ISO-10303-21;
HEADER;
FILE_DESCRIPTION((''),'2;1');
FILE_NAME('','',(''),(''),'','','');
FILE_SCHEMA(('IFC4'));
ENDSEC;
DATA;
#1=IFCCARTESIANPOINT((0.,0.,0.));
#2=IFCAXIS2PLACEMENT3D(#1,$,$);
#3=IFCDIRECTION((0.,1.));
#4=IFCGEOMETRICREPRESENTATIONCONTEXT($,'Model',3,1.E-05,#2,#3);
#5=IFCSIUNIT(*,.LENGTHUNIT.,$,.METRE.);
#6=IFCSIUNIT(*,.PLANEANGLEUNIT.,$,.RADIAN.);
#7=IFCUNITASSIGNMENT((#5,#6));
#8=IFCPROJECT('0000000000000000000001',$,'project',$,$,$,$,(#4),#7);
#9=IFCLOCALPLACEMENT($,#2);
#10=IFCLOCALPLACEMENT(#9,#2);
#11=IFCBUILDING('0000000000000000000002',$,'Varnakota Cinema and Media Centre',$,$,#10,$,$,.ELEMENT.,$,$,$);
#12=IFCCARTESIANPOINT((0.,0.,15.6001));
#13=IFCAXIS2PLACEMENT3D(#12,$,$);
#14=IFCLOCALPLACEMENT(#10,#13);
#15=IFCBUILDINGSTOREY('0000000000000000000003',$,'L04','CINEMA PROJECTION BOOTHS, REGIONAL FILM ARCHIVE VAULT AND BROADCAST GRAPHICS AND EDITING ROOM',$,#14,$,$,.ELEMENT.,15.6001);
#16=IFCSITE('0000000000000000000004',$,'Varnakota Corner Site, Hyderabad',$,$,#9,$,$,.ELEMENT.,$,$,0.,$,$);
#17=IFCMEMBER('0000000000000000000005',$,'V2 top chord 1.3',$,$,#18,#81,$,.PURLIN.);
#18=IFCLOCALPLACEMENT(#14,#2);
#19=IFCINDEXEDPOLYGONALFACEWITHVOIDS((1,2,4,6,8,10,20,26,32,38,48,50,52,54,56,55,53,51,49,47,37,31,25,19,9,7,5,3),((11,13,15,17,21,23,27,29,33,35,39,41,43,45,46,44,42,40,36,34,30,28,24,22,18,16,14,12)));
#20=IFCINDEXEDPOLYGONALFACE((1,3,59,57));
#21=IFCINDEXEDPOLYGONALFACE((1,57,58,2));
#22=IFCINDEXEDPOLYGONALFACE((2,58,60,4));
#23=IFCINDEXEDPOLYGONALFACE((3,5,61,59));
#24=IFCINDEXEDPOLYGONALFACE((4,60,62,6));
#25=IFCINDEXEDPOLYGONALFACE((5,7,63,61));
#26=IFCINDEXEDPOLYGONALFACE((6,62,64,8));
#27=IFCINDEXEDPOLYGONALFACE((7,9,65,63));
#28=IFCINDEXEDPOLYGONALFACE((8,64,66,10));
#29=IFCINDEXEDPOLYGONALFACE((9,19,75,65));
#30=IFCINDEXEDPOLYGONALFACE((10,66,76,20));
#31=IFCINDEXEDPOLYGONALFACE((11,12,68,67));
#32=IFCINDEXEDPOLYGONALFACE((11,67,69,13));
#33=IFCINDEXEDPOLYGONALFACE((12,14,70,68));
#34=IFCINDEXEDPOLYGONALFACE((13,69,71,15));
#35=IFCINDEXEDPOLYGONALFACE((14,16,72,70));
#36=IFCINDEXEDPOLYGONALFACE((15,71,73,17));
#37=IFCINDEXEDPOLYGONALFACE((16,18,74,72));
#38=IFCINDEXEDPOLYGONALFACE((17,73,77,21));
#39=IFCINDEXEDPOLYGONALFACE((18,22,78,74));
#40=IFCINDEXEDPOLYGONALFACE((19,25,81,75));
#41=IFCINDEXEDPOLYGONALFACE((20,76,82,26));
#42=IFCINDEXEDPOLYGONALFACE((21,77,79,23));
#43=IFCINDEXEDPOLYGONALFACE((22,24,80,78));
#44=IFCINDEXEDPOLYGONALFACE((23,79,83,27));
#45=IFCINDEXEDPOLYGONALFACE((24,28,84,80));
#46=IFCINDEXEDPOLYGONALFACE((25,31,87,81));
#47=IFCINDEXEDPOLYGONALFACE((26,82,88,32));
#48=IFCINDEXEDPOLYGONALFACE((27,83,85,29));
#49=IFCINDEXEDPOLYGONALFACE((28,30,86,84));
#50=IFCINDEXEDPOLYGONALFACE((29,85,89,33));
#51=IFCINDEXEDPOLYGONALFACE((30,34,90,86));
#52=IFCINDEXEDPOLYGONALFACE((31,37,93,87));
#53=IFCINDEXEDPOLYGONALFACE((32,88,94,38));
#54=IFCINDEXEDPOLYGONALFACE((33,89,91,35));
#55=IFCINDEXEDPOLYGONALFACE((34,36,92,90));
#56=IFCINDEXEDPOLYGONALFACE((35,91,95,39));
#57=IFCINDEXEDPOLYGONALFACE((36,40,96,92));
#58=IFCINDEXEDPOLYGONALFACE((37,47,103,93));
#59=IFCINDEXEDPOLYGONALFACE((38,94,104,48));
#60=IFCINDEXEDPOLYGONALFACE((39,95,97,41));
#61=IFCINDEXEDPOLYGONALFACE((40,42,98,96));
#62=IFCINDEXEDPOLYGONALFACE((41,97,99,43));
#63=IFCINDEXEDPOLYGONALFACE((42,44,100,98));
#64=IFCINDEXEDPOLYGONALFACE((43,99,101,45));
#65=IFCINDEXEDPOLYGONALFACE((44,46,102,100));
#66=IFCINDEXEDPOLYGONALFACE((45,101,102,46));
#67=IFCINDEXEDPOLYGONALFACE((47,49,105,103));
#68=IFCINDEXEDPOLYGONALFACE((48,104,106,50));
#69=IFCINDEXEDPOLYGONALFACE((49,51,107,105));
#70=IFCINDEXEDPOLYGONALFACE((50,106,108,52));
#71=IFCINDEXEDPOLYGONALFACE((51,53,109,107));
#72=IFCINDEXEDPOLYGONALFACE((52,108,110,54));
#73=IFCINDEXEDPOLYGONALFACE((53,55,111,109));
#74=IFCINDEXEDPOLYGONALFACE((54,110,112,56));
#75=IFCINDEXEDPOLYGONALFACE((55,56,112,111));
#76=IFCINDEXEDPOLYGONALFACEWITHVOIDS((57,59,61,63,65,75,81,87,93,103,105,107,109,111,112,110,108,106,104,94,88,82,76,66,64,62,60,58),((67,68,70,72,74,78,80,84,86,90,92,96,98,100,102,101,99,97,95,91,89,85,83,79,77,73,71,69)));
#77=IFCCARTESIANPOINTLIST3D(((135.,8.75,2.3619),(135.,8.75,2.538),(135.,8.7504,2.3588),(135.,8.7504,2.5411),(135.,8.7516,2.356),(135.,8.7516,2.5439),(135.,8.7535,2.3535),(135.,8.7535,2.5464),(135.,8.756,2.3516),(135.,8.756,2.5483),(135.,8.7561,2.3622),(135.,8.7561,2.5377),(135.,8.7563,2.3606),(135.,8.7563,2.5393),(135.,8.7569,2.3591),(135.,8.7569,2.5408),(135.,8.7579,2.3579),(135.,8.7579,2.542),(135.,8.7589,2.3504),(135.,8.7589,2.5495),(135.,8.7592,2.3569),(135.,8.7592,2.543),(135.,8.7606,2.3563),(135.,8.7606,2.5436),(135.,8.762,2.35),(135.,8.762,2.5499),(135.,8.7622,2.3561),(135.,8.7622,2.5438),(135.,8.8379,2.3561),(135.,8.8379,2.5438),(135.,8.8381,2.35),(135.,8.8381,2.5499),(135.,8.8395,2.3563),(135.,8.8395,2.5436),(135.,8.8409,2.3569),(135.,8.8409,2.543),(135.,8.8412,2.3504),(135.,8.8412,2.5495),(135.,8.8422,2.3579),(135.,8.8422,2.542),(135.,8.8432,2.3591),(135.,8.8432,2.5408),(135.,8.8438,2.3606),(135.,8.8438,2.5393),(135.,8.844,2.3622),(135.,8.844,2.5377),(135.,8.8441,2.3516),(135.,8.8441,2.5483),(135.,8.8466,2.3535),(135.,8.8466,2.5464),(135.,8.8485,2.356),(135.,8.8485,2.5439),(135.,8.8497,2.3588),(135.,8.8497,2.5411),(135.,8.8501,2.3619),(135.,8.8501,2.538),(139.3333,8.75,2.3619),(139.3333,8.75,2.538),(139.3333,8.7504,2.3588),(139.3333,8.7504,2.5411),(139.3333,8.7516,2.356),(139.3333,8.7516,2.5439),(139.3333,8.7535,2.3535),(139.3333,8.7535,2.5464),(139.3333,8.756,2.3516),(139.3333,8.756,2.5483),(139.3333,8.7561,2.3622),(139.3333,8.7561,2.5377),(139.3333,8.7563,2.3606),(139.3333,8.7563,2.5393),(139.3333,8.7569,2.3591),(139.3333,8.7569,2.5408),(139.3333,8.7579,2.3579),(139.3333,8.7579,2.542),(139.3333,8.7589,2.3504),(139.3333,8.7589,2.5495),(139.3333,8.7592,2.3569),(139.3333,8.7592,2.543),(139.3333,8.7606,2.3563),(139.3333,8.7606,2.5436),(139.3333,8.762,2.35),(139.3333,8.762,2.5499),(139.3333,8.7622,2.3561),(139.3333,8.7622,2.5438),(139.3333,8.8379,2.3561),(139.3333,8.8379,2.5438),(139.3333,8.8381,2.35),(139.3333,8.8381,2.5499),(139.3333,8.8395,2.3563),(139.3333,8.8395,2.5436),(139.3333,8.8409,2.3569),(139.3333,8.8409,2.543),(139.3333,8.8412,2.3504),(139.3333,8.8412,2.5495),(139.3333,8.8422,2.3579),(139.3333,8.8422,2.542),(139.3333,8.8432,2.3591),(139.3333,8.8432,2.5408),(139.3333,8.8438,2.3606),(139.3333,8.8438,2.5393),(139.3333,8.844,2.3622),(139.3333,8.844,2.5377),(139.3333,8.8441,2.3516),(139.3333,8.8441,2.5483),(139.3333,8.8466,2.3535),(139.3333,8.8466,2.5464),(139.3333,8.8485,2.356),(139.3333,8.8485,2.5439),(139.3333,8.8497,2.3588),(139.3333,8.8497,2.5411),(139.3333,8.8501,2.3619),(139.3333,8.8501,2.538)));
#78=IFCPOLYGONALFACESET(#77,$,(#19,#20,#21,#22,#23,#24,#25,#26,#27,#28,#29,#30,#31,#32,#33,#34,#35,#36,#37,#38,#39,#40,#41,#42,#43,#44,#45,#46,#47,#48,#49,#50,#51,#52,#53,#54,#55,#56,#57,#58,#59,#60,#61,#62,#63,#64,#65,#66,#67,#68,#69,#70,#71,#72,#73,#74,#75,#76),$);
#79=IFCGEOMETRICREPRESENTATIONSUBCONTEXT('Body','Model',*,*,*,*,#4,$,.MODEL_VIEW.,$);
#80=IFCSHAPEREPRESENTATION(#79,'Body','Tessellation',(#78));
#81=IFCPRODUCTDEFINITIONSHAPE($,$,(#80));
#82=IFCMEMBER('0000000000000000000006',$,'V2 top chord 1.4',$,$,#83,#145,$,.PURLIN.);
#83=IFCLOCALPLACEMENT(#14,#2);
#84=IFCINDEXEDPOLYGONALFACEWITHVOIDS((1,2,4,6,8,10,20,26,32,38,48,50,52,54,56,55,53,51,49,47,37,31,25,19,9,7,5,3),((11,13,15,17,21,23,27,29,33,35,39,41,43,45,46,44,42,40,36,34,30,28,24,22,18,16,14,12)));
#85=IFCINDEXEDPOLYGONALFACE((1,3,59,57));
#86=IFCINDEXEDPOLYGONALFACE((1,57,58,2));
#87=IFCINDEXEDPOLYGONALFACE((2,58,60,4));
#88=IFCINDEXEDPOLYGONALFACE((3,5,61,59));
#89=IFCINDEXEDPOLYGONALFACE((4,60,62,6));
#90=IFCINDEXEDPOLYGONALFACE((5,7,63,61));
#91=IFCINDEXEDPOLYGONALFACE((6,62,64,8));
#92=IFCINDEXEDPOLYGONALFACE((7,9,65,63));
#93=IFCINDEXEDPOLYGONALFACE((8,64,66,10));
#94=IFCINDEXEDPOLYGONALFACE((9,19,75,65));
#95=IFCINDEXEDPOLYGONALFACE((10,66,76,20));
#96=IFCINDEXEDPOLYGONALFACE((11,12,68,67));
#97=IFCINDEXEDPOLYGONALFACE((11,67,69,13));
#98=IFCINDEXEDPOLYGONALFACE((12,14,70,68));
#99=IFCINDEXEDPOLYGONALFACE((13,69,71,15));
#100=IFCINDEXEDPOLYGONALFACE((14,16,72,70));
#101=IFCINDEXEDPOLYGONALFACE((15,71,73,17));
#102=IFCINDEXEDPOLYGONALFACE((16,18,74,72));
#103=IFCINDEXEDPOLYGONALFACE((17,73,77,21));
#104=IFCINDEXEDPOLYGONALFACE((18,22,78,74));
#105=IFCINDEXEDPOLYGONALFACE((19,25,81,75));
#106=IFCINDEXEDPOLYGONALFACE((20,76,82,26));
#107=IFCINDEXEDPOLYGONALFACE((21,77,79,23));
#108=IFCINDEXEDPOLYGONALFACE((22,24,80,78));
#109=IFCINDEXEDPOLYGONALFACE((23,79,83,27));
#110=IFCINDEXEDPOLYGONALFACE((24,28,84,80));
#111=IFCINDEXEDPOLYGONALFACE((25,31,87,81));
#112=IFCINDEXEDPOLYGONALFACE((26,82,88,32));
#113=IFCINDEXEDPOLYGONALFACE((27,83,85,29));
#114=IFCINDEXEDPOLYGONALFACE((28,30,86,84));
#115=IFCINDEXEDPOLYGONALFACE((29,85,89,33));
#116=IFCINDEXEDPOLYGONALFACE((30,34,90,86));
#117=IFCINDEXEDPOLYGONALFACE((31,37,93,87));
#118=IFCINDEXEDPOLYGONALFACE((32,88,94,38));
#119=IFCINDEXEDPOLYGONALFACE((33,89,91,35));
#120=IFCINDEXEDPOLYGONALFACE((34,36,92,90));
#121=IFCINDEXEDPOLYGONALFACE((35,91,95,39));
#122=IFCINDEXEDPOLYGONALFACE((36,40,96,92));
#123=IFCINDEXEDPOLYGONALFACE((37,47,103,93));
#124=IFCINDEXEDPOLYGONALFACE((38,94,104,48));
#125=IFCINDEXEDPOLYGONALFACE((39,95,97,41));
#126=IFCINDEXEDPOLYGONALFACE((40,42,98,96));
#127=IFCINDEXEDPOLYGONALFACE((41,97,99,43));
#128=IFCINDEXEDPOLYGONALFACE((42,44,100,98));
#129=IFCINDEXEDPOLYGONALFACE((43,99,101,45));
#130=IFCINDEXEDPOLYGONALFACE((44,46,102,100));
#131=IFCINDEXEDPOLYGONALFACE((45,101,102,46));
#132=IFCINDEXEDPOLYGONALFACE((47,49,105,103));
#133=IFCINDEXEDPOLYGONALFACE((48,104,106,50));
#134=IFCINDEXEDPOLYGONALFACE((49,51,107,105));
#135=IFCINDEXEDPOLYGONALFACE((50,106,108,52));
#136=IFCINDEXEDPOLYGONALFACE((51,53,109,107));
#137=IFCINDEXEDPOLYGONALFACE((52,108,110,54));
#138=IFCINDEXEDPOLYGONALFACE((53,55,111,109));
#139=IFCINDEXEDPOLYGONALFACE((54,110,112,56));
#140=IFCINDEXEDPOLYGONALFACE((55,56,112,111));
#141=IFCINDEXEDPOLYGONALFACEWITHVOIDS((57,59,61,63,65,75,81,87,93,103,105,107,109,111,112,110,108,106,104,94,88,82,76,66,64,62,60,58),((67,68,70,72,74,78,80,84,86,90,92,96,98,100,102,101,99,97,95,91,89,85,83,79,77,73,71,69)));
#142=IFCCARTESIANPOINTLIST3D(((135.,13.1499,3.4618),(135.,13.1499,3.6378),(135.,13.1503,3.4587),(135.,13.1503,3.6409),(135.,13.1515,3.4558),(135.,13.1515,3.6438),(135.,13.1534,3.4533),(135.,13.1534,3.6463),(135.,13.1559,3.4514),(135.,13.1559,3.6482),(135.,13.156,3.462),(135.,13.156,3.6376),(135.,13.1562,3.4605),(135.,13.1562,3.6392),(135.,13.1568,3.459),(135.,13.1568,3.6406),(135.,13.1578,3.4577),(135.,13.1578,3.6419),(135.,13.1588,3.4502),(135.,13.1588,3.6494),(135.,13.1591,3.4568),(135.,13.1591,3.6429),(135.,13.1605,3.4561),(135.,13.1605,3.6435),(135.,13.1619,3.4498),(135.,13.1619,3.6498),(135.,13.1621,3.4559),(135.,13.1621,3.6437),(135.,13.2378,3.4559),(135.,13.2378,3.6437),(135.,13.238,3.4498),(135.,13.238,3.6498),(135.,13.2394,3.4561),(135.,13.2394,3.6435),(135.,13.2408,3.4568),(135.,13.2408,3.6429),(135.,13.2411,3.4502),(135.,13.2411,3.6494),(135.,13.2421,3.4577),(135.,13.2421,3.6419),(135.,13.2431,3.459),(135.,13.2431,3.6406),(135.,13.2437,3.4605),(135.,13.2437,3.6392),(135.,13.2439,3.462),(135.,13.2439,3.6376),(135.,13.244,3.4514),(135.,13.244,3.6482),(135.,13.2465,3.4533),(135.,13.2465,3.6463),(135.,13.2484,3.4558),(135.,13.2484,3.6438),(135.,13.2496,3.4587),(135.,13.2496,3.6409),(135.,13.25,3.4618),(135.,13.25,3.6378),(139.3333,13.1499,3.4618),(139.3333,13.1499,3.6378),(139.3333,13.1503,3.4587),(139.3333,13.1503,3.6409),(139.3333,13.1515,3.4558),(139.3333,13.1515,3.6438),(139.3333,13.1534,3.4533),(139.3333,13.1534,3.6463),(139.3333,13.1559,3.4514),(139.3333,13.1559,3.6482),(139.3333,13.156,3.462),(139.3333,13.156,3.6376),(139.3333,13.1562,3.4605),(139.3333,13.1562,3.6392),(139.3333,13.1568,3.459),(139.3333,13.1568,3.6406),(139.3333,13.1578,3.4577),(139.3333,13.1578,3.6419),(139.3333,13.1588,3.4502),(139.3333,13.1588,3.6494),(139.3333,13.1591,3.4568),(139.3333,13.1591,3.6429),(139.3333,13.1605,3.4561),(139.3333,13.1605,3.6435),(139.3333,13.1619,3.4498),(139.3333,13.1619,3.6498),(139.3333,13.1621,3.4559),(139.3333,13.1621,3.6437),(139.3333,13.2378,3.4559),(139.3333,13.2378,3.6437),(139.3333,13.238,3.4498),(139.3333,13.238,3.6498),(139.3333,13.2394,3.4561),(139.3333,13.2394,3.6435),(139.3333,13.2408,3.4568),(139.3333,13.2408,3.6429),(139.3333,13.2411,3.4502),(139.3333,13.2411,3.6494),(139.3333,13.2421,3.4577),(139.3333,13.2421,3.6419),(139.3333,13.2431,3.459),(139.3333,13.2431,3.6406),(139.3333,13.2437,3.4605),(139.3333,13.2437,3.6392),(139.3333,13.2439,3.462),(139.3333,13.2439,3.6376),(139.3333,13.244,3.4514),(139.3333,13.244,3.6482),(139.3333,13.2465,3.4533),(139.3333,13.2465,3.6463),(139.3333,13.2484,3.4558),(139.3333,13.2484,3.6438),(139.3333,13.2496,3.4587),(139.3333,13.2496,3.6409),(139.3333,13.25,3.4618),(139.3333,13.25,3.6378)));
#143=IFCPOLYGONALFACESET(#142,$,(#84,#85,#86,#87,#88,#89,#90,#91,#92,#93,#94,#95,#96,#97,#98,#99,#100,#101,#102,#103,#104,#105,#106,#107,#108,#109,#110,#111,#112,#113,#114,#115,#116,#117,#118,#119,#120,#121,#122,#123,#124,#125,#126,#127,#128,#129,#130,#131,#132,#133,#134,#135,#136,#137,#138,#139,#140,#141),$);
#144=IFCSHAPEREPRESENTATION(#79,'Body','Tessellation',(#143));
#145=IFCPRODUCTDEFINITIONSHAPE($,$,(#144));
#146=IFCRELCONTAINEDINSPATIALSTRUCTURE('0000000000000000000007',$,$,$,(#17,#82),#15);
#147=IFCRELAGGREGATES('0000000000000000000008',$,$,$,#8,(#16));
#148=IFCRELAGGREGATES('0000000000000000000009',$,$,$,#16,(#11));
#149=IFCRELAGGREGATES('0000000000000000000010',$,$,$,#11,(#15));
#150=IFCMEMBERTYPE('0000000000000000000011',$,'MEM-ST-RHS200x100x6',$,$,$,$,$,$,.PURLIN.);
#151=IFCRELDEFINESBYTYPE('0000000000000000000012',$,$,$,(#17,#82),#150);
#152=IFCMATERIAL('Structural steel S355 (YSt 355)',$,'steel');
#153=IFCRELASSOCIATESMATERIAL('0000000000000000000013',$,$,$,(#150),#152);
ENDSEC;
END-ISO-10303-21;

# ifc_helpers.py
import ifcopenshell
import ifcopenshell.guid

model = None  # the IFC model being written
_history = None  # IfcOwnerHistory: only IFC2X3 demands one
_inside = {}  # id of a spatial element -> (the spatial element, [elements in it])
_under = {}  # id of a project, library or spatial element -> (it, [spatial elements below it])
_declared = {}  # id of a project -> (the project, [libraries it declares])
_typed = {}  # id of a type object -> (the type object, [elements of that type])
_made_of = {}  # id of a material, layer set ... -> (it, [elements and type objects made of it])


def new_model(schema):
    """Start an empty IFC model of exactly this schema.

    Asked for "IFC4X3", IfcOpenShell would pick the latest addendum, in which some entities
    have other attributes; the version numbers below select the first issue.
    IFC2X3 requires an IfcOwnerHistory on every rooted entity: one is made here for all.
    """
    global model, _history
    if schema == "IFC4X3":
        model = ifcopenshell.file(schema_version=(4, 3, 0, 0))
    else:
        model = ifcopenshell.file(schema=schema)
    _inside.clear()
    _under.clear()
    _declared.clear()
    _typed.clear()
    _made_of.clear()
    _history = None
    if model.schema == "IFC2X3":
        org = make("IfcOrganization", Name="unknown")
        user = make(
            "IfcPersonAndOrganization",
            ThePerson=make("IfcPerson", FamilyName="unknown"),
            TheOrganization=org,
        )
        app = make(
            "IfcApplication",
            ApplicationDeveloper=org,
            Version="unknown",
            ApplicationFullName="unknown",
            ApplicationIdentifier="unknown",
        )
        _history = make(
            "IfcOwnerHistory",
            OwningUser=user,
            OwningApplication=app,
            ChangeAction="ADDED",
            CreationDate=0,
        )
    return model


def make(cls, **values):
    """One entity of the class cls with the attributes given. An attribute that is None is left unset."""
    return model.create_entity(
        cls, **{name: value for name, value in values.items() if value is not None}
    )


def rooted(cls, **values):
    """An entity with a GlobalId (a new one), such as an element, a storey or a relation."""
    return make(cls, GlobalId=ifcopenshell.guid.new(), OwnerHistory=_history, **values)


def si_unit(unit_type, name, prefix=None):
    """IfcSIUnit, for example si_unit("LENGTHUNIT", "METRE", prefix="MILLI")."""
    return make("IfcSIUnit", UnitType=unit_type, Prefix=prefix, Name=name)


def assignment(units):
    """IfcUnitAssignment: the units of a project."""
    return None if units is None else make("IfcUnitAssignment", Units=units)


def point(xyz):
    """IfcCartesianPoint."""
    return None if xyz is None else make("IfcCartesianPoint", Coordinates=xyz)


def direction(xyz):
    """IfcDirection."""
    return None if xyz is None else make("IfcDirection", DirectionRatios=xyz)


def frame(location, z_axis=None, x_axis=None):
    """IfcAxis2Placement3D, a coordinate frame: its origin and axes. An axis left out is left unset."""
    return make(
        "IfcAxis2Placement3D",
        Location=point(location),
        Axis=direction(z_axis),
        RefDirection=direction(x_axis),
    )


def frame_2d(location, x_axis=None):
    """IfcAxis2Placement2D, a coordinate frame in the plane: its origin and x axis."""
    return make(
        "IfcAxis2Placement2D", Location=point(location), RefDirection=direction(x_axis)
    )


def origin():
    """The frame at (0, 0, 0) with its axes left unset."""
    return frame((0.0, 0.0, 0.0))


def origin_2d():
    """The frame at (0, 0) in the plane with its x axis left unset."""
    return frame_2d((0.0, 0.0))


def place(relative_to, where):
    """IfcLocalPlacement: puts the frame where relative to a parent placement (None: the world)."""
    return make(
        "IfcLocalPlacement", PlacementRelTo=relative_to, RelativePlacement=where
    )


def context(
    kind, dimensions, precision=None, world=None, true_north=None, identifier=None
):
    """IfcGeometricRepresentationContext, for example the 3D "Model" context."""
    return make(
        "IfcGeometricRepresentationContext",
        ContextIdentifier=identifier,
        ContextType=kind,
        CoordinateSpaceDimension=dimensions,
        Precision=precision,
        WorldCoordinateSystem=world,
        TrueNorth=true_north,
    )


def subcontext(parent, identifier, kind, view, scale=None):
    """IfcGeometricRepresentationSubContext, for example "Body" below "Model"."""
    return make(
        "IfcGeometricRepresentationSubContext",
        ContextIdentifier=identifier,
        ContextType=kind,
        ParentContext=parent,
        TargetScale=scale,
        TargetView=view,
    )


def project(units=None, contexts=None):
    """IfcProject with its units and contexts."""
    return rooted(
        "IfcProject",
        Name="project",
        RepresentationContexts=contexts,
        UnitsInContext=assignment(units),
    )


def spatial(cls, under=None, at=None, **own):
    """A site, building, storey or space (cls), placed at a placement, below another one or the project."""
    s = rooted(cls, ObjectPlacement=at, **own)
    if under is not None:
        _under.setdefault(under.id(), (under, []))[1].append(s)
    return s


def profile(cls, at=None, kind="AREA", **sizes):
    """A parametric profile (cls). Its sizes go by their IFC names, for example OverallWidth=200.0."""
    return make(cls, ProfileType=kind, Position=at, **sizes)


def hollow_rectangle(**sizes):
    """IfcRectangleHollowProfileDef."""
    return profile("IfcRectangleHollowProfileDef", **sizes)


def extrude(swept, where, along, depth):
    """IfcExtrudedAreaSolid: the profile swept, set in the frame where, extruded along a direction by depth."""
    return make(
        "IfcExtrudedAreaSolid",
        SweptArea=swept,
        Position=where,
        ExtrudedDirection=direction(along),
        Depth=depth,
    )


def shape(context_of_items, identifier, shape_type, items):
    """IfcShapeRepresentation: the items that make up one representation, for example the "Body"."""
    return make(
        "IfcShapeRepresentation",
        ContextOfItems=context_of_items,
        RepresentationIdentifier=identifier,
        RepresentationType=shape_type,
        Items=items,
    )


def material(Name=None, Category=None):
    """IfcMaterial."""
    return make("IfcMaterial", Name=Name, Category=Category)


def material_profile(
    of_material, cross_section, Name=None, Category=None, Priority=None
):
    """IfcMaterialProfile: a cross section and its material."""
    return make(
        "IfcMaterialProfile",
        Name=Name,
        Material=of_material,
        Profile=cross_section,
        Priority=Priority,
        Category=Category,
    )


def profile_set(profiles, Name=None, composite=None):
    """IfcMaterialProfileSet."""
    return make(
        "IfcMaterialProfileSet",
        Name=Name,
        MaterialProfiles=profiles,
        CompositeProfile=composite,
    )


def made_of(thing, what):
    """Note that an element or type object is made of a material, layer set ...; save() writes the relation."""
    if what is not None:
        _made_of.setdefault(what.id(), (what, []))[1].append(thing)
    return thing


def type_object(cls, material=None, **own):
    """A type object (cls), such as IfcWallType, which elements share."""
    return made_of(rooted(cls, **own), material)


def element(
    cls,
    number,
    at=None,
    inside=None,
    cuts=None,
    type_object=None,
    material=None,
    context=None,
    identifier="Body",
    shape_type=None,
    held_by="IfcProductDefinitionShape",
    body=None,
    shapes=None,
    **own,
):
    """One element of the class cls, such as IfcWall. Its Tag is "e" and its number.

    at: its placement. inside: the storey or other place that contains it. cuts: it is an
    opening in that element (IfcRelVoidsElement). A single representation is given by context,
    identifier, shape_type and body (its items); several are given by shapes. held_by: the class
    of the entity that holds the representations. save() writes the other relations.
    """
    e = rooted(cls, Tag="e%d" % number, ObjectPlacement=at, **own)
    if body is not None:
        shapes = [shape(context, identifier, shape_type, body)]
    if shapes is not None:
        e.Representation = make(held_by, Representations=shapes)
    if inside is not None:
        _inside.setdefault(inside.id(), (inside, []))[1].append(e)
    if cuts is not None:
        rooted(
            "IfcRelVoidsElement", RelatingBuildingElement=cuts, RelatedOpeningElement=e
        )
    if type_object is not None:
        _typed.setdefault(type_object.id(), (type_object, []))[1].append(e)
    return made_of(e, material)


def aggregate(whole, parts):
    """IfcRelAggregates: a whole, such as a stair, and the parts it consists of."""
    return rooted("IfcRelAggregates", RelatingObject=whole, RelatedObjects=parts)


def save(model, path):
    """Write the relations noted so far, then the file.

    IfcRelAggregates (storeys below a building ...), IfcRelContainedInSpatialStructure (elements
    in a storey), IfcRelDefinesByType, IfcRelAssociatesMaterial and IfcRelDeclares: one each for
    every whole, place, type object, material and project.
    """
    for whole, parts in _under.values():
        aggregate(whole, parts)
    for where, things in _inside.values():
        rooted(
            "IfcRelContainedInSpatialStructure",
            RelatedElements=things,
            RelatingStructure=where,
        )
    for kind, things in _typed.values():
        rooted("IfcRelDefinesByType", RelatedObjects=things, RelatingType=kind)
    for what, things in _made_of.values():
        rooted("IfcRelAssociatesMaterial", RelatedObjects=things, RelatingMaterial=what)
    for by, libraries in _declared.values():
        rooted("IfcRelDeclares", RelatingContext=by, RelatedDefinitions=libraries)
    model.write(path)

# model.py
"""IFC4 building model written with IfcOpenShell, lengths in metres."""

from ifc_helpers import new_model, si_unit, direction, frame, origin, origin_2d, place, context, subcontext, project, spatial, hollow_rectangle, extrude, material, material_profile, profile_set, type_object, element, save


model = new_model("IFC4")

# Units and contexts
model_context = context("Model", 3, precision=1e-05, world=origin(), true_north=direction((0.0, 1.0)))
body_context = subcontext(model_context, "Body", "Model", "MODEL_VIEW")
ifc_project = project(units=[si_unit("LENGTHUNIT", "METRE"), si_unit("PLANEANGLEUNIT", "RADIAN")], contexts=[model_context])

# Site, building, storey
site_placement = place(None, origin())
site = spatial("IfcSite", under=ifc_project, at=site_placement, Name="Varnakota Corner Site, Hyderabad", CompositionType="ELEMENT", RefElevation=0.0)
building_placement = place(site_placement, origin())
building = spatial("IfcBuilding", under=site, at=building_placement, Name="Varnakota Cinema and Media Centre", CompositionType="ELEMENT")
storey_placement = place(building_placement, frame((0.0, 0.0, 15.6001)))
storey = spatial("IfcBuildingStorey", under=building, at=storey_placement, Name="L04", Description="CINEMA PROJECTION BOOTHS, REGIONAL FILM ARCHIVE VAULT AND BROADCAST GRAPHICS AND EDITING ROOM", CompositionType="ELEMENT", Elevation=15.6001)

# Members
ifc_material_1 = material(Name="Structural steel S355 (YSt 355)", Category="steel")
ifc_material_profile_1 = material_profile(ifc_material_1, hollow_rectangle(XDim=0.1001, YDim=0.2, WallThickness=0.0061, InnerFilletRadius=0.0061, OuterFilletRadius=0.012, at=origin_2d()), Name="RHS 200x100x6")
ifc_profile_set_1 = profile_set([ifc_material_profile_1], Name="Structural steel S355 (YSt 355)")
member_type_1 = type_object("IfcMemberType", Name="MEM-ST-RHS200x100x6", PredefinedType="PURLIN", material=ifc_profile_set_1)
for number, where, z_axis, x_axis, name in (
    (1, (135.0, 8.8, 2.45), (1.0, 0.0, 0.0), (0.0, 1.0, 0.0), "V2 top chord 1.3"),
    (2, (135.0, 13.2, 3.5498), (1.0, 0.0, 0.0), (0.0, 1.0, 0.0), "V2 top chord 1.4"),
):
    element("IfcMember", number, at=place(storey_placement, frame(where, z_axis=z_axis, x_axis=x_axis)), inside=storey, type_object=member_type_1, Name=name, PredefinedType="PURLIN", context=body_context, shape_type="SweptSolid", body=[
        extrude(hollow_rectangle(XDim=0.1001, YDim=0.2, WallThickness=0.0061, InnerFilletRadius=0.0061, OuterFilletRadius=0.012, at=origin_2d()), origin(), (0.0, 0.0, 1.0), 4.3333),
    ])

save(model, "model.ifc")
